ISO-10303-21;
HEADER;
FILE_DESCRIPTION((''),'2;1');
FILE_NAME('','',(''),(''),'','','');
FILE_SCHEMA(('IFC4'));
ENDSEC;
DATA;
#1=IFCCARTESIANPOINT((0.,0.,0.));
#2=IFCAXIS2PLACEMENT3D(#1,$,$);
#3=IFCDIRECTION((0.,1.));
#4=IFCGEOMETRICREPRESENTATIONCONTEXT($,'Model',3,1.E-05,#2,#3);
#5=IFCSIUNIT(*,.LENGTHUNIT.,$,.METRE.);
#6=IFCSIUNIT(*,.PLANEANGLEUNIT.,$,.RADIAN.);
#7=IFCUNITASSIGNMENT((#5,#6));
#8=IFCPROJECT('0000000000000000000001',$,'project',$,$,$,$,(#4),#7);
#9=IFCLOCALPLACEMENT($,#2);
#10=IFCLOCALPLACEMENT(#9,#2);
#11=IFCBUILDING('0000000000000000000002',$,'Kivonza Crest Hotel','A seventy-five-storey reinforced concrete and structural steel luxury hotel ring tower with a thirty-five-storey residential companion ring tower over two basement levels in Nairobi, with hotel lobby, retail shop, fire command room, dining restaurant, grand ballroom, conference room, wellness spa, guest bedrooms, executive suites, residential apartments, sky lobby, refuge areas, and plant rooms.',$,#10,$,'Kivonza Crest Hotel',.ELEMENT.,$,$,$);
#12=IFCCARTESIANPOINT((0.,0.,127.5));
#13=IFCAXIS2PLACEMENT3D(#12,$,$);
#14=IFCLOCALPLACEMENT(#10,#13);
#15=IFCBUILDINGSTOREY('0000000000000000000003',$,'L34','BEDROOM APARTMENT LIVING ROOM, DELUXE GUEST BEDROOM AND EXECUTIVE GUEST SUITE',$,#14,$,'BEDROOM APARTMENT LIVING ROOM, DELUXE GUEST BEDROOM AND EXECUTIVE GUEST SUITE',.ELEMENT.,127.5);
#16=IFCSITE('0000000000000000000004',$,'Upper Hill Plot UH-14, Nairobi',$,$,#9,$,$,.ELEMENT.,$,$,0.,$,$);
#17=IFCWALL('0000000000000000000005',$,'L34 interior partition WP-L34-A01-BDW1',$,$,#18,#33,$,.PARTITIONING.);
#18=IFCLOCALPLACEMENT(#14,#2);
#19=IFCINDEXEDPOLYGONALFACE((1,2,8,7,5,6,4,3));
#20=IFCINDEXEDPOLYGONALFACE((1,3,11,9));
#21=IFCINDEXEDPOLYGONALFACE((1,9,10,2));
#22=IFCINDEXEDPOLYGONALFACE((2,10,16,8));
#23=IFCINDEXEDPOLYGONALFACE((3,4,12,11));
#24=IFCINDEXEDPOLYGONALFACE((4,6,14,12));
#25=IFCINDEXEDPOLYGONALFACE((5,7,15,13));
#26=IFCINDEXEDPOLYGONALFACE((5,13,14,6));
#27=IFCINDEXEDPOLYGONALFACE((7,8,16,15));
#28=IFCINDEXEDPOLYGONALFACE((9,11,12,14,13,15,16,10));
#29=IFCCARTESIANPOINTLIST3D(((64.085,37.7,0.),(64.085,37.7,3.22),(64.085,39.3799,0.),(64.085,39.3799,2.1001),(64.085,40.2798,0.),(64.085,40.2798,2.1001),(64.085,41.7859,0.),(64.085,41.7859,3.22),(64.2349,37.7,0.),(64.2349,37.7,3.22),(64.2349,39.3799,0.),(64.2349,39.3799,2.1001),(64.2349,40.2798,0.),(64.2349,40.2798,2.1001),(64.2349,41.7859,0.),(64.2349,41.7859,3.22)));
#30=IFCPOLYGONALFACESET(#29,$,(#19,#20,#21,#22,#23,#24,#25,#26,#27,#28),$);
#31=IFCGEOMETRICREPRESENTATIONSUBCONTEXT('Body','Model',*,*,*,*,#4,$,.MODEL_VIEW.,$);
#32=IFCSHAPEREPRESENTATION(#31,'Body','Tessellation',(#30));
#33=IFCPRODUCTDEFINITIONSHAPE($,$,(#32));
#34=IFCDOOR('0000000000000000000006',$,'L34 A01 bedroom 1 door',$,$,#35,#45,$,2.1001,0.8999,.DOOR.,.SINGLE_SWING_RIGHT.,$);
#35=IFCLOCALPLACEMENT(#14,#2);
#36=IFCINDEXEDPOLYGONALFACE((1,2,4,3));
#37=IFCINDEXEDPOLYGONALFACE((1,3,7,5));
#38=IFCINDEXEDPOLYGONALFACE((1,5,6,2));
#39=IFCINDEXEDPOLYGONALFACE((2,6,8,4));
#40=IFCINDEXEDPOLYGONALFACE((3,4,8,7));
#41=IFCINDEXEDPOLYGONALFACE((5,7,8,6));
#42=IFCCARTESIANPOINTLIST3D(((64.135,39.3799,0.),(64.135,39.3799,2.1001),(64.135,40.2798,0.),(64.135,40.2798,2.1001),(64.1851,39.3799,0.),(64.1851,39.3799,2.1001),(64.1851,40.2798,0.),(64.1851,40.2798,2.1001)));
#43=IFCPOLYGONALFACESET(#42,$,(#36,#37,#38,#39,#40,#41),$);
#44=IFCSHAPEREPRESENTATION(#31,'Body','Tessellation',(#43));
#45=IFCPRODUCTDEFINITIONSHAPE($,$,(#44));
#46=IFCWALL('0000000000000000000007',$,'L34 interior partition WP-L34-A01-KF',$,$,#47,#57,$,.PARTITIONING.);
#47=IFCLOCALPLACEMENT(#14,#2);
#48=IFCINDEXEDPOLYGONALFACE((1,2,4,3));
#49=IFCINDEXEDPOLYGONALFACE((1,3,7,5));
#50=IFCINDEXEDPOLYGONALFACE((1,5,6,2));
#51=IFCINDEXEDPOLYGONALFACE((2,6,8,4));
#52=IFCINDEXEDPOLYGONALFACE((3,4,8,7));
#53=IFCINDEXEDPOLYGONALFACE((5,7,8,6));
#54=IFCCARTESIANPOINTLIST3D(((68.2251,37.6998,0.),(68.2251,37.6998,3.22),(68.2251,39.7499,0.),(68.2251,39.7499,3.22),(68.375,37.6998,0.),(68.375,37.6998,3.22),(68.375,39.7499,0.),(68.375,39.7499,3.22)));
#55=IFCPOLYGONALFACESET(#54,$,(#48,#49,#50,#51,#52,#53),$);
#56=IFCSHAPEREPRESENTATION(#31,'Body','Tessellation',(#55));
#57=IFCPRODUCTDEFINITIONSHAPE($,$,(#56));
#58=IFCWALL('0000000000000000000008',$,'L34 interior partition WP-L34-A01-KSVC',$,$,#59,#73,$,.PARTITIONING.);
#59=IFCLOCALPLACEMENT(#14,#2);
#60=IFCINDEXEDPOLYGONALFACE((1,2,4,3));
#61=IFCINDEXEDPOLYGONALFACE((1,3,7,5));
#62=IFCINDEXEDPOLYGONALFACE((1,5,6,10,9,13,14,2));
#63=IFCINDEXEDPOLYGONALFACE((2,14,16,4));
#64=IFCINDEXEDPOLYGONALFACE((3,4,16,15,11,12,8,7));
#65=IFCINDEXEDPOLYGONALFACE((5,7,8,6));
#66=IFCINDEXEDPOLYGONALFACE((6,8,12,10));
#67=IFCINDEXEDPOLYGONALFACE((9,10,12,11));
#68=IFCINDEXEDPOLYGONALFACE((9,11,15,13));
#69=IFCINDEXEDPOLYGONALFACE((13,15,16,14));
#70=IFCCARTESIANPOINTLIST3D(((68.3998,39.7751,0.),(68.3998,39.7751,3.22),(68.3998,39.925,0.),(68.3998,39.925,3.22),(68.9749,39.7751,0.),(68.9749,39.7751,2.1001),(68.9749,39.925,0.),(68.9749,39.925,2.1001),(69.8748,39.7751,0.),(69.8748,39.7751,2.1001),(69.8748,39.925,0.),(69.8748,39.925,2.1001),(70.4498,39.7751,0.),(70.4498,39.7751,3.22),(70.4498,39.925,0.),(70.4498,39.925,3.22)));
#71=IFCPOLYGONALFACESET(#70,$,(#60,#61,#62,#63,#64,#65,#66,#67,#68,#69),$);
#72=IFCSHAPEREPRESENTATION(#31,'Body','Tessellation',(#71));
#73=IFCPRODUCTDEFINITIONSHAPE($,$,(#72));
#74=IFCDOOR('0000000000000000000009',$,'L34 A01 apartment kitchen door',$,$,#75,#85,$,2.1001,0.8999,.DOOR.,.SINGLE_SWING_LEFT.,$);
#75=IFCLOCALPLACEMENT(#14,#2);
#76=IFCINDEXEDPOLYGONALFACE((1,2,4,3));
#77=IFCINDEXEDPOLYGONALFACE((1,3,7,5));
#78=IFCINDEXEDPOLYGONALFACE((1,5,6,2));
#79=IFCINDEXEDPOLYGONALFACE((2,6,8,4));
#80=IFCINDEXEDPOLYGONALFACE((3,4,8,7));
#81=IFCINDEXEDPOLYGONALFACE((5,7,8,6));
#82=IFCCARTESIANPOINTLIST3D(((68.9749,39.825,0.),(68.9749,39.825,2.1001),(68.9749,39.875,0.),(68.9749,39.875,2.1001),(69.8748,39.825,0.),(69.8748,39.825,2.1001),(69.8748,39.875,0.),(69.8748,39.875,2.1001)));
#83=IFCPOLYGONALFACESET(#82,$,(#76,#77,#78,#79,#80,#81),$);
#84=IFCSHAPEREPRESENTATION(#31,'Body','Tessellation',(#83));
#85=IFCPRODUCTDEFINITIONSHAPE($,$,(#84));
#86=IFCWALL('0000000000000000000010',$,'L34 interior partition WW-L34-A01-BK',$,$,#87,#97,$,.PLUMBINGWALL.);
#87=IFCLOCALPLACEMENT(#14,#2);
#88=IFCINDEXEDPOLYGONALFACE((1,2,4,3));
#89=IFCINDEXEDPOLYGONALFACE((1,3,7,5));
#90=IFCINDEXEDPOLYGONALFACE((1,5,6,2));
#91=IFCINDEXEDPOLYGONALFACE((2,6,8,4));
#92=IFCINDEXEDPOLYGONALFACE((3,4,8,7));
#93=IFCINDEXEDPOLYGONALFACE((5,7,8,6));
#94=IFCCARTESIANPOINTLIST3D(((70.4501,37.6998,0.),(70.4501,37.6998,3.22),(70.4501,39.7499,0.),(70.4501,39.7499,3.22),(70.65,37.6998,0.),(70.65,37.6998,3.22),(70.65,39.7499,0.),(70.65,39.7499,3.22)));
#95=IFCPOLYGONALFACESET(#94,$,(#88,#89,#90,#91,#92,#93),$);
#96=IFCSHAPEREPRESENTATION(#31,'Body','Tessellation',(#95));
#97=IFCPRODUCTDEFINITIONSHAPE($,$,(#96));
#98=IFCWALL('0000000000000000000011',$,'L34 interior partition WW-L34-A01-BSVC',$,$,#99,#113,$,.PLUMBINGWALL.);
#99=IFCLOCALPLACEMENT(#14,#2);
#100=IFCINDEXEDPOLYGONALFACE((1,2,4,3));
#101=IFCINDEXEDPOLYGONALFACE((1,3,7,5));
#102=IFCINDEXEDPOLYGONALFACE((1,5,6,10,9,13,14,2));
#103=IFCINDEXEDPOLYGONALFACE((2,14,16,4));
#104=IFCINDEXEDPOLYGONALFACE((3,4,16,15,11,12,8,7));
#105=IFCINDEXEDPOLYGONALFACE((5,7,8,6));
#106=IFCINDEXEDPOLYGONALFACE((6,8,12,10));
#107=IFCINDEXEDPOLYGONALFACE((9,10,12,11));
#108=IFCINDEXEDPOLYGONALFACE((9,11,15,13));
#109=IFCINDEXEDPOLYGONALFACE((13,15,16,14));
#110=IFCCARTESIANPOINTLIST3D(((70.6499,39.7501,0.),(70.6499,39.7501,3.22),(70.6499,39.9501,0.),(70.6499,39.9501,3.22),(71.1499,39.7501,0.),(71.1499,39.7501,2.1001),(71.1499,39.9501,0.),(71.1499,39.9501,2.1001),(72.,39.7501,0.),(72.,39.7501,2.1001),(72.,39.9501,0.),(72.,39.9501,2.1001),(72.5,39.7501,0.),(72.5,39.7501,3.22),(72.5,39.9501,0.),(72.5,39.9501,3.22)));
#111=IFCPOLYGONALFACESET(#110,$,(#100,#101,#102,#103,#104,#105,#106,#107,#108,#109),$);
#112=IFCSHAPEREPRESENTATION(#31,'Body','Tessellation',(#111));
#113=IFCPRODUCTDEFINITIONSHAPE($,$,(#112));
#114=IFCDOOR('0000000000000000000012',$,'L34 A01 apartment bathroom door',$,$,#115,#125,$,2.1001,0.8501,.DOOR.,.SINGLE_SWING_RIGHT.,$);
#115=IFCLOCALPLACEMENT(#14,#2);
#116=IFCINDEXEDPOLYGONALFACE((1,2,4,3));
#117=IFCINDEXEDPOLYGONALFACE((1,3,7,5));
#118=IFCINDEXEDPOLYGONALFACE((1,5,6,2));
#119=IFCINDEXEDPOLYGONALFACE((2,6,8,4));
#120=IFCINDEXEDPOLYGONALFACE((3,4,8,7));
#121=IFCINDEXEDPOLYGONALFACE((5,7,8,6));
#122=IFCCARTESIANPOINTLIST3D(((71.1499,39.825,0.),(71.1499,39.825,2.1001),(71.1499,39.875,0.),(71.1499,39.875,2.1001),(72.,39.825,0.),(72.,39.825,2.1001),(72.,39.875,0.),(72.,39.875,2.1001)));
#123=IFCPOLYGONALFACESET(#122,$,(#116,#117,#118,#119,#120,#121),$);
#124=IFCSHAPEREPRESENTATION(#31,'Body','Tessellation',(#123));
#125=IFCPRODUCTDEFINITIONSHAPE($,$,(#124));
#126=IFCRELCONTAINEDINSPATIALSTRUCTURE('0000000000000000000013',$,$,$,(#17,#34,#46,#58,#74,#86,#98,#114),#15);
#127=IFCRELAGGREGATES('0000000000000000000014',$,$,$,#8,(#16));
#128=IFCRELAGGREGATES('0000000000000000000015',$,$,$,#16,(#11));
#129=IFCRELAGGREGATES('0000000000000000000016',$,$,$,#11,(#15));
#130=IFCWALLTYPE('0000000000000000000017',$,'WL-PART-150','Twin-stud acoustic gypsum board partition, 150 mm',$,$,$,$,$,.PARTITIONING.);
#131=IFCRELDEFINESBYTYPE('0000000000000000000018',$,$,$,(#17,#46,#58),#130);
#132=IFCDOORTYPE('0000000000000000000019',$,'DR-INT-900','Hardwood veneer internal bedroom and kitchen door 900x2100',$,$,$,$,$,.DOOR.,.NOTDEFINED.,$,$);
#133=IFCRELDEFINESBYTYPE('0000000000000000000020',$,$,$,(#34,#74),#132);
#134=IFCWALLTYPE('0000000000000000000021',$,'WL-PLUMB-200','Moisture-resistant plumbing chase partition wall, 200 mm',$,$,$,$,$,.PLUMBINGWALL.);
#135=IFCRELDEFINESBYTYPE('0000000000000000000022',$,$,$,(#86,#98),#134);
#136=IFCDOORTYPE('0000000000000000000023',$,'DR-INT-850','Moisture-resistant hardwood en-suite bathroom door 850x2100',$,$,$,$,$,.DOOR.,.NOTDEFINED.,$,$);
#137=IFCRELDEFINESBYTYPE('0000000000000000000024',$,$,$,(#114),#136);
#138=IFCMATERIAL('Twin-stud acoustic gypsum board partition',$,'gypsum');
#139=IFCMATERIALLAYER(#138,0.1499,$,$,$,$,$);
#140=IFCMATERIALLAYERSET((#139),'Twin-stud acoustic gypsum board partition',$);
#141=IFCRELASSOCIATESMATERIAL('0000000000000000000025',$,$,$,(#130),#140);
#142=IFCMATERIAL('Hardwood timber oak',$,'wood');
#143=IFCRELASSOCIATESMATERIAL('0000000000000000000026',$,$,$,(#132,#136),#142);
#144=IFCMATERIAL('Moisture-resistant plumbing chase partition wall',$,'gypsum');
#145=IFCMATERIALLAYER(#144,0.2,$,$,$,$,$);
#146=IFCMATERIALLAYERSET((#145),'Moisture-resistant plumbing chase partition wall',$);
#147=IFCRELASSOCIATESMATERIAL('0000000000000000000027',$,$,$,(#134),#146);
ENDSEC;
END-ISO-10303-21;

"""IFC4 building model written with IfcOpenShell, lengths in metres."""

from ifc_helpers import new_model, si_unit, direction, frame, frame_2d, origin, place, context, subcontext, project, spatial, rectangle, extrude, material, layer, layer_set, type_object, element, fill, save


model = new_model("IFC4")

# Units and contexts
model_context = context("Model", 3, precision=1e-05, world=origin(), true_north=direction((0.0, 1.0)))
body_context = subcontext(model_context, "Body", "Model", "MODEL_VIEW")
ifc_project = project(units=[si_unit("LENGTHUNIT", "METRE"), si_unit("PLANEANGLEUNIT", "RADIAN")], contexts=[model_context])

# Site, building, storey
site_placement = place(None, origin())
site = spatial("IfcSite", under=ifc_project, at=site_placement, Name="Upper Hill Plot UH-14, Nairobi", CompositionType="ELEMENT", RefElevation=0.0)
building_placement = place(site_placement, origin())
building = spatial("IfcBuilding", under=site, at=building_placement, Name="Kivonza Crest Hotel", Description="A seventy-five-storey reinforced concrete and structural steel luxury hotel ring tower with a thirty-five-storey residential companion ring tower over two basement levels in Nairobi, with hotel lobby, retail shop, fire command room, dining restaurant, grand ballroom, conference room, wellness spa, guest bedrooms, executive suites, residential apartments, sky lobby, refuge areas, and plant rooms.", LongName="Kivonza Crest Hotel", CompositionType="ELEMENT")
storey_placement = place(building_placement, frame((0.0, 0.0, 127.5)))
storey = spatial("IfcBuildingStorey", under=building, at=storey_placement, Name="L34", Description="BEDROOM APARTMENT LIVING ROOM, DELUXE GUEST BEDROOM AND EXECUTIVE GUEST SUITE", LongName="BEDROOM APARTMENT LIVING ROOM, DELUXE GUEST BEDROOM AND EXECUTIVE GUEST SUITE", CompositionType="ELEMENT", Elevation=127.5)

# Shared definitions
ifc_material_1 = material(Name="Hardwood timber oak", Category="wood")

# Wall, opening, door
ifc_material_2 = material(Name="Twin-stud acoustic gypsum board partition", Category="gypsum")
ifc_layer_1 = layer(ifc_material_2, 0.1499)
ifc_layer_set_1 = layer_set([ifc_layer_1], Name="Twin-stud acoustic gypsum board partition")
wall_type_1 = type_object("IfcWallType", Name="WL-PART-150", Description="Twin-stud acoustic gypsum board partition, 150 mm", PredefinedType="PARTITIONING", material=ifc_layer_set_1)
wall_1_placement = place(storey_placement, frame((64.1599, 37.7, 0.0), z_axis=(0.0, 0.0, 1.0), x_axis=(0.0, 1.0, 0.0)))
wall_1 = element("IfcWall", 1, at=wall_1_placement, inside=storey, type_object=wall_type_1, Name="L34 interior partition WP-L34-A01-BDW1", PredefinedType="PARTITIONING", context=body_context, shape_type="SweptSolid", body=[
    extrude(rectangle(XDim=4.0859, YDim=0.1499, at=frame_2d((2.043, 0.0))), origin(), (0.0, 0.0, 1.0), 3.22),
])
opening_1_placement = place(wall_1_placement, frame((1.6799, 0.0, 0.0)))
opening_1 = element("IfcOpeningElement", 2, at=opening_1_placement, cuts=wall_1, PredefinedType="OPENING", context=body_context, shape_type="SweptSolid", body=[
    extrude(rectangle(XDim=0.8999, YDim=2.1001, at=frame_2d((0.45, 1.05))), frame((0.0, 0.085, 0.0), z_axis=(0.0, -1.0, 0.0), x_axis=(1.0, 0.0, 0.0)), (0.0, 0.0, 1.0), 0.1699),
])
door_type_1 = type_object("IfcDoorType", Name="DR-INT-900", Description="Hardwood veneer internal bedroom and kitchen door 900x2100", OperationType="NOTDEFINED", PredefinedType="DOOR", material=ifc_material_1)
door_1_placement = place(opening_1_placement, origin())
door_1 = element("IfcDoor", 3, at=door_1_placement, inside=storey, type_object=door_type_1, Name="L34 A01 bedroom 1 door", OperationType="SINGLE_SWING_RIGHT", OverallHeight=2.1001, OverallWidth=0.8999, PredefinedType="DOOR", context=body_context, shape_type="SweptSolid", body=[
    extrude(rectangle(XDim=0.8999, YDim=2.1001, at=frame_2d((0.45, 1.05))), frame((0.0, 0.0249, 0.0), z_axis=(0.0, -1.0, 0.0), x_axis=(1.0, 0.0, 0.0)), (0.0, 0.0, 1.0), 0.05),
])
fill(opening_1, door_1)

# Wall
wall_2_placement = place(storey_placement, frame((68.3, 37.7, 0.0), z_axis=(0.0, 0.0, 1.0), x_axis=(0.0, 1.0, 0.0)))
element("IfcWall", 4, at=wall_2_placement, inside=storey, type_object=wall_type_1, Name="L34 interior partition WP-L34-A01-KF", PredefinedType="PARTITIONING", context=body_context, shape_type="SweptSolid", body=[
    extrude(rectangle(XDim=2.05, YDim=0.1499, at=frame_2d((1.0249, 0.0))), origin(), (0.0, 0.0, 1.0), 3.22),
])

# Wall, opening, door
wall_3_placement = place(storey_placement, frame((68.3999, 39.8501, 0.0), z_axis=(0.0, 0.0, 1.0), x_axis=(1.0, 0.0, 0.0)))
wall_3 = element("IfcWall", 5, at=wall_3_placement, inside=storey, type_object=wall_type_1, Name="L34 interior partition WP-L34-A01-KSVC", PredefinedType="PARTITIONING", context=body_context, shape_type="SweptSolid", body=[
    extrude(rectangle(XDim=2.05, YDim=0.1499, at=frame_2d((1.0249, 0.0))), origin(), (0.0, 0.0, 1.0), 3.22),
])
opening_2_placement = place(wall_3_placement, frame((0.575, 0.0, 0.0)))
opening_2 = element("IfcOpeningElement", 6, at=opening_2_placement, cuts=wall_3, PredefinedType="OPENING", context=body_context, shape_type="SweptSolid", body=[
    extrude(rectangle(XDim=0.8999, YDim=2.1001, at=frame_2d((0.45, 1.05))), frame((0.0, 0.085, 0.0), z_axis=(0.0, -1.0, 0.0), x_axis=(1.0, 0.0, 0.0)), (0.0, 0.0, 1.0), 0.1699),
])
door_2_placement = place(opening_2_placement, origin())
door_2 = element("IfcDoor", 7, at=door_2_placement, inside=storey, type_object=door_type_1, Name="L34 A01 apartment kitchen door", OperationType="SINGLE_SWING_LEFT", OverallHeight=2.1001, OverallWidth=0.8999, PredefinedType="DOOR", context=body_context, shape_type="SweptSolid", body=[
    extrude(rectangle(XDim=0.8999, YDim=2.1001, at=frame_2d((0.45, 1.05))), frame((0.0, 0.0249, 0.0), z_axis=(0.0, -1.0, 0.0), x_axis=(1.0, 0.0, 0.0)), (0.0, 0.0, 1.0), 0.05),
])
fill(opening_2, door_2)

# Wall
ifc_material_3 = material(Name="Moisture-resistant plumbing chase partition wall", Category="gypsum")
ifc_layer_2 = layer(ifc_material_3, 0.2)
ifc_layer_set_2 = layer_set([ifc_layer_2], Name="Moisture-resistant plumbing chase partition wall")
wall_type_2 = type_object("IfcWallType", Name="WL-PLUMB-200", Description="Moisture-resistant plumbing chase partition wall, 200 mm", PredefinedType="PLUMBINGWALL", material=ifc_layer_set_2)
wall_4_placement = place(storey_placement, frame((70.55, 37.7, 0.0), z_axis=(0.0, 0.0, 1.0), x_axis=(0.0, 1.0, 0.0)))
element("IfcWall", 8, at=wall_4_placement, inside=storey, type_object=wall_type_2, Name="L34 interior partition WW-L34-A01-BK", PredefinedType="PLUMBINGWALL", context=body_context, shape_type="SweptSolid", body=[
    extrude(rectangle(XDim=2.05, YDim=0.2, at=frame_2d((1.0249, 0.0))), origin(), (0.0, 0.0, 1.0), 3.22),
])

# Wall, opening, door
wall_5_placement = place(storey_placement, frame((70.6499, 39.8501, 0.0), z_axis=(0.0, 0.0, 1.0), x_axis=(1.0, 0.0, 0.0)))
wall_5 = element("IfcWall", 9, at=wall_5_placement, inside=storey, type_object=wall_type_2, Name="L34 interior partition WW-L34-A01-BSVC", PredefinedType="PLUMBINGWALL", context=body_context, shape_type="SweptSolid", body=[
    extrude(rectangle(XDim=1.8501, YDim=0.2, at=frame_2d((0.925, 0.0))), origin(), (0.0, 0.0, 1.0), 3.22),
])
opening_3_placement = place(wall_5_placement, frame((0.5, 0.0, 0.0)))
opening_3 = element("IfcOpeningElement", 10, at=opening_3_placement, cuts=wall_5, PredefinedType="OPENING", context=body_context, shape_type="SweptSolid", body=[
    extrude(rectangle(XDim=0.8501, YDim=2.1001, at=frame_2d((0.425, 1.05))), frame((0.0, 0.1099, 0.0), z_axis=(0.0, -1.0, 0.0), x_axis=(1.0, 0.0, 0.0)), (0.0, 0.0, 1.0), 0.22),
])
door_type_2 = type_object("IfcDoorType", Name="DR-INT-850", Description="Moisture-resistant hardwood en-suite bathroom door 850x2100", OperationType="NOTDEFINED", PredefinedType="DOOR", material=ifc_material_1)
door_3_placement = place(opening_3_placement, origin())
door_3 = element("IfcDoor", 11, at=door_3_placement, inside=storey, type_object=door_type_2, Name="L34 A01 apartment bathroom door", OperationType="SINGLE_SWING_RIGHT", OverallHeight=2.1001, OverallWidth=0.8501, PredefinedType="DOOR", context=body_context, shape_type="SweptSolid", body=[
    extrude(rectangle(XDim=0.8501, YDim=2.1001, at=frame_2d((0.425, 1.05))), frame((0.0, 0.0249, 0.0), z_axis=(0.0, -1.0, 0.0), x_axis=(1.0, 0.0, 0.0)), (0.0, 0.0, 1.0), 0.05),
])
fill(opening_3, door_3)

save(model, "model.ifc")
